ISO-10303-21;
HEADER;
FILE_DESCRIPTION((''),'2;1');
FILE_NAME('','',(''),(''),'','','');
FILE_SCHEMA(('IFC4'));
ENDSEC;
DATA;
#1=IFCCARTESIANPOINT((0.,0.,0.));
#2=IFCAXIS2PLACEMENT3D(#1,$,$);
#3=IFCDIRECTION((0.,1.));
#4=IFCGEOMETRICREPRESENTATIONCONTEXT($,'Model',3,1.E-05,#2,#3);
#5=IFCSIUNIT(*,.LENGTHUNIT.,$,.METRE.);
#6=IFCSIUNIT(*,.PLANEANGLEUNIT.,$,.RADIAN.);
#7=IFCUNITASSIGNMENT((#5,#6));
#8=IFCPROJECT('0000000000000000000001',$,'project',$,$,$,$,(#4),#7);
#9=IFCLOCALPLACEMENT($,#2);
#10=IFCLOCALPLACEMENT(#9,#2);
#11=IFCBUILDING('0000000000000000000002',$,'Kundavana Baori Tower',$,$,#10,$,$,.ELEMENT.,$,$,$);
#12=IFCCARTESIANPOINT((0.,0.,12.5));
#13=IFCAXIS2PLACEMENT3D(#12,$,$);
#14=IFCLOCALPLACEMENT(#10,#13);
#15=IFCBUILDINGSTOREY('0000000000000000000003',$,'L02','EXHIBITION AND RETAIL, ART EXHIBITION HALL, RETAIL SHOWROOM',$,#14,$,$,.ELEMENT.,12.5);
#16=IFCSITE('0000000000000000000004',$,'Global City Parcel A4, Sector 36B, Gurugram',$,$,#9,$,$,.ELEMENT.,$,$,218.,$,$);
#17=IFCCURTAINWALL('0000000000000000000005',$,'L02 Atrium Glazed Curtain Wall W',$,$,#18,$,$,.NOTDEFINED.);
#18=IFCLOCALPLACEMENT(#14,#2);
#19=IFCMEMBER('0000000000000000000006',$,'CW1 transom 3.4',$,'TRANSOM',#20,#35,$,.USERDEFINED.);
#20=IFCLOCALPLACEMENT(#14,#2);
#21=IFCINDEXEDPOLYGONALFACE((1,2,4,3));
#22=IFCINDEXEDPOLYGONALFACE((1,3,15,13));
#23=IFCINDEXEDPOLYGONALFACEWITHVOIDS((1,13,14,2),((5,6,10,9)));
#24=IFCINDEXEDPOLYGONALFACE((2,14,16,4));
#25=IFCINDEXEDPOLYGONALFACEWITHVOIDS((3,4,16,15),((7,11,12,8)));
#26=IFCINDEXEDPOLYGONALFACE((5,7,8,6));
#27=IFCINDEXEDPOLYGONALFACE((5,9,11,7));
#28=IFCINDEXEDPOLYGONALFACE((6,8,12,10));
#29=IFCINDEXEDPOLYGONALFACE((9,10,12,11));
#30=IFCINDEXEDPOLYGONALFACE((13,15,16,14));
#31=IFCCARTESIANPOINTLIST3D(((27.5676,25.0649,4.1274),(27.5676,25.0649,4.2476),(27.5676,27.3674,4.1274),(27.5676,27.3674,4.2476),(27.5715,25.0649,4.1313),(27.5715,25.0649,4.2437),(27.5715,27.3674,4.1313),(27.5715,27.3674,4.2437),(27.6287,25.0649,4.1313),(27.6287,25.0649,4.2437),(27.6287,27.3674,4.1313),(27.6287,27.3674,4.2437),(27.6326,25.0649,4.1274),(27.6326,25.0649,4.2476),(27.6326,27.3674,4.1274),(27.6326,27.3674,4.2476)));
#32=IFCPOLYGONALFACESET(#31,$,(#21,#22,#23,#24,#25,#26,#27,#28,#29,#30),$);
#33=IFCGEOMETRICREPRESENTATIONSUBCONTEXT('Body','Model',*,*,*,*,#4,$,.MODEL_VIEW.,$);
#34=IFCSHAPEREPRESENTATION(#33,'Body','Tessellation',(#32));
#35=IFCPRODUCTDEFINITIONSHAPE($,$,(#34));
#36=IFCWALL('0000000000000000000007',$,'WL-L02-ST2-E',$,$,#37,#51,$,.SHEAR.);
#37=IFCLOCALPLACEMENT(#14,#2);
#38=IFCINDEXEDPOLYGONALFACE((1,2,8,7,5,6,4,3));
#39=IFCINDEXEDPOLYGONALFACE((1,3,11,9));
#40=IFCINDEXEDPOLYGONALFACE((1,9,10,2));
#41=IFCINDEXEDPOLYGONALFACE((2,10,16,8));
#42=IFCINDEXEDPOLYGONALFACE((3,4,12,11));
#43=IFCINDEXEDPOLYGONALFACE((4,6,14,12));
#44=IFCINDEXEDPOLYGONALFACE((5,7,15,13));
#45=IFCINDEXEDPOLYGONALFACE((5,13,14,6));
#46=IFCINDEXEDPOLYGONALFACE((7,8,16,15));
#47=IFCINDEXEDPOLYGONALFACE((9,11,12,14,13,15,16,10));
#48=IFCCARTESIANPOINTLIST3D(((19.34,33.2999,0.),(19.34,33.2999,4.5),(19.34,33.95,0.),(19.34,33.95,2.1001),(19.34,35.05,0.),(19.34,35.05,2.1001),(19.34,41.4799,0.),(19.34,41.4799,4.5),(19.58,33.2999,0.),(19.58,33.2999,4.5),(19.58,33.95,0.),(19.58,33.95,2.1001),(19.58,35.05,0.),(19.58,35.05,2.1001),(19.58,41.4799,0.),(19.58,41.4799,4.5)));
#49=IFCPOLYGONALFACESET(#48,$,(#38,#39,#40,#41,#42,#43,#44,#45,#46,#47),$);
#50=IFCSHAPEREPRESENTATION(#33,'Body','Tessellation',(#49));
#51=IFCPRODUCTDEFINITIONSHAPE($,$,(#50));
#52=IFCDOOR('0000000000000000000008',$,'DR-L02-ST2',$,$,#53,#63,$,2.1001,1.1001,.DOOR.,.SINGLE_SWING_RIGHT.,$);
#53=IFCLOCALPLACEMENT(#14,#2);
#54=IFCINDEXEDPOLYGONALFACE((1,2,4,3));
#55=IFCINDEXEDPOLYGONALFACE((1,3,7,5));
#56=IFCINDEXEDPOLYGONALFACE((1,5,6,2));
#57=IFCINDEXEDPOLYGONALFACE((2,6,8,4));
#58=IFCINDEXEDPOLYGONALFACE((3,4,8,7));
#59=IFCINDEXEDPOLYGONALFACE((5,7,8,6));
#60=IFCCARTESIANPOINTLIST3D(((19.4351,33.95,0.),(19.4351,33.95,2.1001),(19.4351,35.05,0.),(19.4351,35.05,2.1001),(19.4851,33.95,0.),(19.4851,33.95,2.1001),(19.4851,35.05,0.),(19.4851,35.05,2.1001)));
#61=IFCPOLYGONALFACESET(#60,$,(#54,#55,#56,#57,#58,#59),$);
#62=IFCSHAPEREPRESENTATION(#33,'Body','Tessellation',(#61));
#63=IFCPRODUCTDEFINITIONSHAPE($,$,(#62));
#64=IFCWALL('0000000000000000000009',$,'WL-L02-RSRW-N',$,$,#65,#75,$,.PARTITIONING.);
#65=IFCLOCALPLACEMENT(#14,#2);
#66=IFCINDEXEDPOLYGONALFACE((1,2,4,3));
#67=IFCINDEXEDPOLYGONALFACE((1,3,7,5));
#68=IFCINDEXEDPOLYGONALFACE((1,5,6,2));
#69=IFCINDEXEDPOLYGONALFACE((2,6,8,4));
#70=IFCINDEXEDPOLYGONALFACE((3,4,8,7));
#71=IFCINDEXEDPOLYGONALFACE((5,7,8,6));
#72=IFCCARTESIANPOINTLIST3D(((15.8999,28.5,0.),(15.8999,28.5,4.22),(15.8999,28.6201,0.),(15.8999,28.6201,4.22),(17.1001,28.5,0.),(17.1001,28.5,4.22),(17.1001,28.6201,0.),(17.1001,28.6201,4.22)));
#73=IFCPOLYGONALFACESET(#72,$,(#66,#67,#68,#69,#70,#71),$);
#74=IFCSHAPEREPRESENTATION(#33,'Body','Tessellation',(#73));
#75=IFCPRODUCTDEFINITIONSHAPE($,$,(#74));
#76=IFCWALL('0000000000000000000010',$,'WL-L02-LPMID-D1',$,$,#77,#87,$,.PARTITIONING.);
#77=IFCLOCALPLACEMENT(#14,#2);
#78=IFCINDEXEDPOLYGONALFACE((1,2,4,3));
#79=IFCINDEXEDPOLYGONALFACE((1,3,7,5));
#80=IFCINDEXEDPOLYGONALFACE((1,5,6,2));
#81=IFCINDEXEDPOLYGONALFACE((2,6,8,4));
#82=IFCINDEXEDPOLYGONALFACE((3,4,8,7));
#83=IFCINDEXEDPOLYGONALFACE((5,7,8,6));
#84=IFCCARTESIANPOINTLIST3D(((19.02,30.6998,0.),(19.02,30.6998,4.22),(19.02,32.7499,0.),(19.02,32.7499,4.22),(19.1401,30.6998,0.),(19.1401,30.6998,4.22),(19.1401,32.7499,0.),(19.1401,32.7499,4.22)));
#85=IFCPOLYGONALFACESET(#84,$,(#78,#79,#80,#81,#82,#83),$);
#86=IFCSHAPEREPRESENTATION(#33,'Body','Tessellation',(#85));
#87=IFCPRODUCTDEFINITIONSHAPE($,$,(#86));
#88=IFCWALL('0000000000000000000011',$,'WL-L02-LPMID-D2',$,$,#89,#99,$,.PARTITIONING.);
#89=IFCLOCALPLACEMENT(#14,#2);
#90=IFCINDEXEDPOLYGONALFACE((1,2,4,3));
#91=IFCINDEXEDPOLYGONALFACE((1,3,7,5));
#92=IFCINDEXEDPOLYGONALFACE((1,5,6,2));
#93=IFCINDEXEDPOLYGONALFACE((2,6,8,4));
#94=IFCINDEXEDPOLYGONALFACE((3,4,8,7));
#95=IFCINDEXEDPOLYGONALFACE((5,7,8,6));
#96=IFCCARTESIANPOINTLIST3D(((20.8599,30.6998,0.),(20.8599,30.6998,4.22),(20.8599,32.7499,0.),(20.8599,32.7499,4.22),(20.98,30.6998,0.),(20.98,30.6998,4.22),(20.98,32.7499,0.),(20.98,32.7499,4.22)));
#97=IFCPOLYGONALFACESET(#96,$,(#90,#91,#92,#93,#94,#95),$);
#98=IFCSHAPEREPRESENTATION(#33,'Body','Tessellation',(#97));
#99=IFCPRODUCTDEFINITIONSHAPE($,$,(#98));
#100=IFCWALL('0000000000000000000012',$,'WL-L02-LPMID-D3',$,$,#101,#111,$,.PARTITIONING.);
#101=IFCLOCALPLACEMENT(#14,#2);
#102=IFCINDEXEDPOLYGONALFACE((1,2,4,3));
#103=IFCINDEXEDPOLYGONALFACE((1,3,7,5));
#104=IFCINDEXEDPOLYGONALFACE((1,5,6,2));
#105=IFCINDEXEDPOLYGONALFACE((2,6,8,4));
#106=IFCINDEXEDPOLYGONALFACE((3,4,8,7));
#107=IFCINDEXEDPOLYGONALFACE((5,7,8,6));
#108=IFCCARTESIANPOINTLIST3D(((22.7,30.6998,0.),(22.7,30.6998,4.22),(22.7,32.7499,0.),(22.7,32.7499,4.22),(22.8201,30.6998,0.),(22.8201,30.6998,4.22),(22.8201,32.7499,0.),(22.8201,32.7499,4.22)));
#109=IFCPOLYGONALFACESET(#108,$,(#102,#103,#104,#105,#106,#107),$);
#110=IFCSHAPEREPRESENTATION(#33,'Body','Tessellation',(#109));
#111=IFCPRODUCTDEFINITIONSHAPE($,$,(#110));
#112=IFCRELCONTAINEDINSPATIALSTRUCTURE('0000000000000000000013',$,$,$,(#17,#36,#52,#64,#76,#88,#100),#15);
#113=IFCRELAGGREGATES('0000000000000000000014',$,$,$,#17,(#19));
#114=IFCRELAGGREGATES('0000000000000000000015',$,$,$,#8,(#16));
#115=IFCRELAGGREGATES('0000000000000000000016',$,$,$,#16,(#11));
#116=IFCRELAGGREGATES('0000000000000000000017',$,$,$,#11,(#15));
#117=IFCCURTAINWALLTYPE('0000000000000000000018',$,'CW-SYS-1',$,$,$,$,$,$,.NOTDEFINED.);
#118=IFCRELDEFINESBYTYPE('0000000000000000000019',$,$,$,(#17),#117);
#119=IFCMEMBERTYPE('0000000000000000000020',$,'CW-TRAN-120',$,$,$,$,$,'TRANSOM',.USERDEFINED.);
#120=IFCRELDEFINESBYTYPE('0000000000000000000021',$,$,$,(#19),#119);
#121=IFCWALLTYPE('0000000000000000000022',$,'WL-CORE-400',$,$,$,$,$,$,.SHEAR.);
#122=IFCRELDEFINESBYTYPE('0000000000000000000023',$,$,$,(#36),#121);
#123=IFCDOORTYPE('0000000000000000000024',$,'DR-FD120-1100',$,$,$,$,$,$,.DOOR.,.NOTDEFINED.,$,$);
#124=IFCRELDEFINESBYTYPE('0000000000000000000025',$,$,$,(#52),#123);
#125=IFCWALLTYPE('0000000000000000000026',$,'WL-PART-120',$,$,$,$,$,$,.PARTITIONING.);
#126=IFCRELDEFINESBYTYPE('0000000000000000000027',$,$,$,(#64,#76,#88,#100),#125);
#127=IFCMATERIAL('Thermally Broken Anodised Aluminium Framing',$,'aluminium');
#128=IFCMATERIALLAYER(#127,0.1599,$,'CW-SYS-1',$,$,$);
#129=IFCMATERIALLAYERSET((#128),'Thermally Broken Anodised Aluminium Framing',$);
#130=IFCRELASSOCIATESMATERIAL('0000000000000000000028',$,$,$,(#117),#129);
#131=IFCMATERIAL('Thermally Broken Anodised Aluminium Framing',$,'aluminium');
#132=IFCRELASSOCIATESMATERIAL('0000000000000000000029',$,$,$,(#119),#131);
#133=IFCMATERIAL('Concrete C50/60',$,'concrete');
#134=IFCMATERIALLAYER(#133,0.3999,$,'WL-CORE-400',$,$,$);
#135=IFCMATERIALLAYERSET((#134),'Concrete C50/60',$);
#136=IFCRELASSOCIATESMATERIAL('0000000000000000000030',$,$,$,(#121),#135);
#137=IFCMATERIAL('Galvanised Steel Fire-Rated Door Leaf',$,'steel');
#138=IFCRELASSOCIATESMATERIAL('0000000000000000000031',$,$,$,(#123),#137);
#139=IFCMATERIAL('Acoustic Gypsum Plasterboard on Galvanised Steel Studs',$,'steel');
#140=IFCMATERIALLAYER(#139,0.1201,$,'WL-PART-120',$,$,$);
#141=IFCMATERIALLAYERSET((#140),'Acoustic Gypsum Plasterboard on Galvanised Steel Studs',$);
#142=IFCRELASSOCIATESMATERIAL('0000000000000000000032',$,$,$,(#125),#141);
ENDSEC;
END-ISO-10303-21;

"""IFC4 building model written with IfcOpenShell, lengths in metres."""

from ifc_helpers import new_model, si_unit, direction, frame, frame_2d, origin, origin_2d, place, context, subcontext, project, spatial, rectangle, hollow_rectangle, extrude, material, layer, layer_set, material_profile, profile_set, type_object, element, fill, aggregate, save


model = new_model("IFC4")

# Units and contexts
model_context = context("Model", 3, precision=1e-05, world=origin(), true_north=direction((0.0, 1.0)))
body_context = subcontext(model_context, "Body", "Model", "MODEL_VIEW")
ifc_project = project(units=[si_unit("LENGTHUNIT", "METRE"), si_unit("PLANEANGLEUNIT", "RADIAN")], contexts=[model_context])

# Site, building, storey
site_placement = place(None, origin())
site = spatial("IfcSite", under=ifc_project, at=site_placement, Name="Global City Parcel A4, Sector 36B, Gurugram", CompositionType="ELEMENT", RefElevation=218.0)
building_placement = place(site_placement, origin())
building = spatial("IfcBuilding", under=site, at=building_placement, Name="Kundavana Baori Tower", CompositionType="ELEMENT")
storey_placement = place(building_placement, frame((0.0, 0.0, 12.5)))
storey = spatial("IfcBuildingStorey", under=building, at=storey_placement, Name="L02", Description="EXHIBITION AND RETAIL, ART EXHIBITION HALL, RETAIL SHOWROOM", CompositionType="ELEMENT", Elevation=12.5)

# Curtain wall, member
ifc_material_1 = material(Name="Thermally Broken Anodised Aluminium Framing", Category="aluminium")
ifc_layer_1 = layer(ifc_material_1, 0.1599, Name="CW-SYS-1")
ifc_layer_set_1 = layer_set([ifc_layer_1], Name="Thermally Broken Anodised Aluminium Framing")
curtain_wall_type = type_object("IfcCurtainWallType", Name="CW-SYS-1", PredefinedType="NOTDEFINED", material=ifc_layer_set_1)
curtain_wall_placement = place(storey_placement, origin())
curtain_wall = element("IfcCurtainWall", 1, at=curtain_wall_placement, inside=storey, type_object=curtain_wall_type, Name="L02 Atrium Glazed Curtain Wall W", PredefinedType="NOTDEFINED")
ifc_material_2 = material(Name="Thermally Broken Anodised Aluminium Framing", Category="aluminium")
ifc_material_profile_1 = material_profile(ifc_material_2, hollow_rectangle(XDim=0.0649, YDim=0.1201, WallThickness=0.0039, at=origin_2d()), Name="CW-TRAN-120")
ifc_profile_set_1 = profile_set([ifc_material_profile_1], Name="Thermally Broken Anodised Aluminium Framing")
member_type = type_object("IfcMemberType", Name="CW-TRAN-120", ElementType="TRANSOM", PredefinedType="USERDEFINED", material=ifc_profile_set_1)
member_placement = place(storey_placement, frame((27.6001, 27.3674, 4.1875), z_axis=(0.0, -1.0, 0.0), x_axis=(1.0, 0.0, 0.0)))
member = element("IfcMember", 2, at=member_placement, type_object=member_type, Name="CW1 transom 3.4", ObjectType="TRANSOM", PredefinedType="USERDEFINED", context=body_context, shape_type="SweptSolid", body=[
    extrude(hollow_rectangle(XDim=0.0649, YDim=0.1201, WallThickness=0.0039, at=origin_2d()), origin(), (0.0, 0.0, 1.0), 2.3025),
])
aggregate(curtain_wall, [member])

# Wall, opening, door
ifc_material_3 = material(Name="Concrete C50/60", Category="concrete")
ifc_layer_2 = layer(ifc_material_3, 0.3999, Name="WL-CORE-400")
ifc_layer_set_2 = layer_set([ifc_layer_2], Name="Concrete C50/60")
wall_type_1 = type_object("IfcWallType", Name="WL-CORE-400", PredefinedType="SHEAR", material=ifc_layer_set_2)
wall_1_placement = place(storey_placement, frame((19.46, 33.3, 0.0), z_axis=(0.0, 0.0, 1.0), x_axis=(0.0, 1.0, 0.0)))
wall_1 = element("IfcWall", 3, at=wall_1_placement, inside=storey, type_object=wall_type_1, Name="WL-L02-ST2-E", PredefinedType="SHEAR", context=body_context, shape_type="SweptSolid", body=[
    extrude(rectangle(XDim=8.1799, YDim=0.24, at=frame_2d((4.0898, 0.0))), origin(), (0.0, 0.0, 1.0), 4.5),
])
opening_1_placement = place(wall_1_placement, frame((0.6499, 0.0, 0.0)))
opening_1 = element("IfcOpeningElement", 4, at=opening_1_placement, cuts=wall_1, PredefinedType="OPENING", context=body_context, shape_type="SweptSolid", body=[
    extrude(rectangle(XDim=1.1001, YDim=2.1001, at=frame_2d((0.55, 1.05))), frame((0.0, 0.1299, 0.0), z_axis=(0.0, -1.0, 0.0), x_axis=(1.0, 0.0, 0.0)), (0.0, 0.0, 1.0), 0.26),
])
ifc_material_4 = material(Name="Galvanised Steel Fire-Rated Door Leaf", Category="steel")
door_type_1 = type_object("IfcDoorType", Name="DR-FD120-1100", OperationType="NOTDEFINED", PredefinedType="DOOR", material=ifc_material_4)
door_1_placement = place(opening_1_placement, origin())
door_1 = element("IfcDoor", 5, at=door_1_placement, inside=storey, type_object=door_type_1, Name="DR-L02-ST2", OperationType="SINGLE_SWING_RIGHT", OverallHeight=2.1001, OverallWidth=1.1001, PredefinedType="DOOR", context=body_context, shape_type="SweptSolid", body=[
    extrude(rectangle(XDim=1.1001, YDim=2.1001, at=frame_2d((0.55, 1.05))), frame((0.0, 0.0249, 0.0), z_axis=(0.0, -1.0, 0.0), x_axis=(1.0, 0.0, 0.0)), (0.0, 0.0, 1.0), 0.05),
])
fill(opening_1, door_1)

# Walls
ifc_material_5 = material(Name="Acoustic Gypsum Plasterboard on Galvanised Steel Studs", Category="steel")
ifc_layer_3 = layer(ifc_material_5, 0.1201, Name="WL-PART-120")
ifc_layer_set_3 = layer_set([ifc_layer_3], Name="Acoustic Gypsum Plasterboard on Galvanised Steel Studs")
wall_type_2 = type_object("IfcWallType", Name="WL-PART-120", PredefinedType="PARTITIONING", material=ifc_layer_set_3)
wall_2_placement = place(storey_placement, frame((15.8999, 28.5601, 0.0), z_axis=(0.0, 0.0, 1.0), x_axis=(1.0, 0.0, 0.0)))
element("IfcWall", 6, at=wall_2_placement, inside=storey, type_object=wall_type_2, Name="WL-L02-RSRW-N", PredefinedType="PARTITIONING", context=body_context, shape_type="SweptSolid", body=[
    extrude(rectangle(XDim=1.2002, YDim=0.1201, at=frame_2d((0.6001, 0.0))), origin(), (0.0, 0.0, 1.0), 4.22),
])
for number, where, z_axis, x_axis, name in (
    (7, (19.0801, 30.7, 0.0), (0.0, 0.0, 1.0), (0.0, 1.0, 0.0), "WL-L02-LPMID-D1"),
    (8, (20.9199, 30.7, 0.0), (0.0, 0.0, 1.0), (0.0, 1.0, 0.0), "WL-L02-LPMID-D2"),
    (9, (22.76, 30.7, 0.0), (0.0, 0.0, 1.0), (0.0, 1.0, 0.0), "WL-L02-LPMID-D3"),
):
    element("IfcWall", number, at=place(storey_placement, frame(where, z_axis=z_axis, x_axis=x_axis)), inside=storey, type_object=wall_type_2, Name=name, PredefinedType="PARTITIONING", context=body_context, shape_type="SweptSolid", body=[
        extrude(rectangle(XDim=2.05, YDim=0.1201, at=frame_2d((1.0249, 0.0))), origin(), (0.0, 0.0, 1.0), 4.22),
    ])

save(model, "model.ifc")
